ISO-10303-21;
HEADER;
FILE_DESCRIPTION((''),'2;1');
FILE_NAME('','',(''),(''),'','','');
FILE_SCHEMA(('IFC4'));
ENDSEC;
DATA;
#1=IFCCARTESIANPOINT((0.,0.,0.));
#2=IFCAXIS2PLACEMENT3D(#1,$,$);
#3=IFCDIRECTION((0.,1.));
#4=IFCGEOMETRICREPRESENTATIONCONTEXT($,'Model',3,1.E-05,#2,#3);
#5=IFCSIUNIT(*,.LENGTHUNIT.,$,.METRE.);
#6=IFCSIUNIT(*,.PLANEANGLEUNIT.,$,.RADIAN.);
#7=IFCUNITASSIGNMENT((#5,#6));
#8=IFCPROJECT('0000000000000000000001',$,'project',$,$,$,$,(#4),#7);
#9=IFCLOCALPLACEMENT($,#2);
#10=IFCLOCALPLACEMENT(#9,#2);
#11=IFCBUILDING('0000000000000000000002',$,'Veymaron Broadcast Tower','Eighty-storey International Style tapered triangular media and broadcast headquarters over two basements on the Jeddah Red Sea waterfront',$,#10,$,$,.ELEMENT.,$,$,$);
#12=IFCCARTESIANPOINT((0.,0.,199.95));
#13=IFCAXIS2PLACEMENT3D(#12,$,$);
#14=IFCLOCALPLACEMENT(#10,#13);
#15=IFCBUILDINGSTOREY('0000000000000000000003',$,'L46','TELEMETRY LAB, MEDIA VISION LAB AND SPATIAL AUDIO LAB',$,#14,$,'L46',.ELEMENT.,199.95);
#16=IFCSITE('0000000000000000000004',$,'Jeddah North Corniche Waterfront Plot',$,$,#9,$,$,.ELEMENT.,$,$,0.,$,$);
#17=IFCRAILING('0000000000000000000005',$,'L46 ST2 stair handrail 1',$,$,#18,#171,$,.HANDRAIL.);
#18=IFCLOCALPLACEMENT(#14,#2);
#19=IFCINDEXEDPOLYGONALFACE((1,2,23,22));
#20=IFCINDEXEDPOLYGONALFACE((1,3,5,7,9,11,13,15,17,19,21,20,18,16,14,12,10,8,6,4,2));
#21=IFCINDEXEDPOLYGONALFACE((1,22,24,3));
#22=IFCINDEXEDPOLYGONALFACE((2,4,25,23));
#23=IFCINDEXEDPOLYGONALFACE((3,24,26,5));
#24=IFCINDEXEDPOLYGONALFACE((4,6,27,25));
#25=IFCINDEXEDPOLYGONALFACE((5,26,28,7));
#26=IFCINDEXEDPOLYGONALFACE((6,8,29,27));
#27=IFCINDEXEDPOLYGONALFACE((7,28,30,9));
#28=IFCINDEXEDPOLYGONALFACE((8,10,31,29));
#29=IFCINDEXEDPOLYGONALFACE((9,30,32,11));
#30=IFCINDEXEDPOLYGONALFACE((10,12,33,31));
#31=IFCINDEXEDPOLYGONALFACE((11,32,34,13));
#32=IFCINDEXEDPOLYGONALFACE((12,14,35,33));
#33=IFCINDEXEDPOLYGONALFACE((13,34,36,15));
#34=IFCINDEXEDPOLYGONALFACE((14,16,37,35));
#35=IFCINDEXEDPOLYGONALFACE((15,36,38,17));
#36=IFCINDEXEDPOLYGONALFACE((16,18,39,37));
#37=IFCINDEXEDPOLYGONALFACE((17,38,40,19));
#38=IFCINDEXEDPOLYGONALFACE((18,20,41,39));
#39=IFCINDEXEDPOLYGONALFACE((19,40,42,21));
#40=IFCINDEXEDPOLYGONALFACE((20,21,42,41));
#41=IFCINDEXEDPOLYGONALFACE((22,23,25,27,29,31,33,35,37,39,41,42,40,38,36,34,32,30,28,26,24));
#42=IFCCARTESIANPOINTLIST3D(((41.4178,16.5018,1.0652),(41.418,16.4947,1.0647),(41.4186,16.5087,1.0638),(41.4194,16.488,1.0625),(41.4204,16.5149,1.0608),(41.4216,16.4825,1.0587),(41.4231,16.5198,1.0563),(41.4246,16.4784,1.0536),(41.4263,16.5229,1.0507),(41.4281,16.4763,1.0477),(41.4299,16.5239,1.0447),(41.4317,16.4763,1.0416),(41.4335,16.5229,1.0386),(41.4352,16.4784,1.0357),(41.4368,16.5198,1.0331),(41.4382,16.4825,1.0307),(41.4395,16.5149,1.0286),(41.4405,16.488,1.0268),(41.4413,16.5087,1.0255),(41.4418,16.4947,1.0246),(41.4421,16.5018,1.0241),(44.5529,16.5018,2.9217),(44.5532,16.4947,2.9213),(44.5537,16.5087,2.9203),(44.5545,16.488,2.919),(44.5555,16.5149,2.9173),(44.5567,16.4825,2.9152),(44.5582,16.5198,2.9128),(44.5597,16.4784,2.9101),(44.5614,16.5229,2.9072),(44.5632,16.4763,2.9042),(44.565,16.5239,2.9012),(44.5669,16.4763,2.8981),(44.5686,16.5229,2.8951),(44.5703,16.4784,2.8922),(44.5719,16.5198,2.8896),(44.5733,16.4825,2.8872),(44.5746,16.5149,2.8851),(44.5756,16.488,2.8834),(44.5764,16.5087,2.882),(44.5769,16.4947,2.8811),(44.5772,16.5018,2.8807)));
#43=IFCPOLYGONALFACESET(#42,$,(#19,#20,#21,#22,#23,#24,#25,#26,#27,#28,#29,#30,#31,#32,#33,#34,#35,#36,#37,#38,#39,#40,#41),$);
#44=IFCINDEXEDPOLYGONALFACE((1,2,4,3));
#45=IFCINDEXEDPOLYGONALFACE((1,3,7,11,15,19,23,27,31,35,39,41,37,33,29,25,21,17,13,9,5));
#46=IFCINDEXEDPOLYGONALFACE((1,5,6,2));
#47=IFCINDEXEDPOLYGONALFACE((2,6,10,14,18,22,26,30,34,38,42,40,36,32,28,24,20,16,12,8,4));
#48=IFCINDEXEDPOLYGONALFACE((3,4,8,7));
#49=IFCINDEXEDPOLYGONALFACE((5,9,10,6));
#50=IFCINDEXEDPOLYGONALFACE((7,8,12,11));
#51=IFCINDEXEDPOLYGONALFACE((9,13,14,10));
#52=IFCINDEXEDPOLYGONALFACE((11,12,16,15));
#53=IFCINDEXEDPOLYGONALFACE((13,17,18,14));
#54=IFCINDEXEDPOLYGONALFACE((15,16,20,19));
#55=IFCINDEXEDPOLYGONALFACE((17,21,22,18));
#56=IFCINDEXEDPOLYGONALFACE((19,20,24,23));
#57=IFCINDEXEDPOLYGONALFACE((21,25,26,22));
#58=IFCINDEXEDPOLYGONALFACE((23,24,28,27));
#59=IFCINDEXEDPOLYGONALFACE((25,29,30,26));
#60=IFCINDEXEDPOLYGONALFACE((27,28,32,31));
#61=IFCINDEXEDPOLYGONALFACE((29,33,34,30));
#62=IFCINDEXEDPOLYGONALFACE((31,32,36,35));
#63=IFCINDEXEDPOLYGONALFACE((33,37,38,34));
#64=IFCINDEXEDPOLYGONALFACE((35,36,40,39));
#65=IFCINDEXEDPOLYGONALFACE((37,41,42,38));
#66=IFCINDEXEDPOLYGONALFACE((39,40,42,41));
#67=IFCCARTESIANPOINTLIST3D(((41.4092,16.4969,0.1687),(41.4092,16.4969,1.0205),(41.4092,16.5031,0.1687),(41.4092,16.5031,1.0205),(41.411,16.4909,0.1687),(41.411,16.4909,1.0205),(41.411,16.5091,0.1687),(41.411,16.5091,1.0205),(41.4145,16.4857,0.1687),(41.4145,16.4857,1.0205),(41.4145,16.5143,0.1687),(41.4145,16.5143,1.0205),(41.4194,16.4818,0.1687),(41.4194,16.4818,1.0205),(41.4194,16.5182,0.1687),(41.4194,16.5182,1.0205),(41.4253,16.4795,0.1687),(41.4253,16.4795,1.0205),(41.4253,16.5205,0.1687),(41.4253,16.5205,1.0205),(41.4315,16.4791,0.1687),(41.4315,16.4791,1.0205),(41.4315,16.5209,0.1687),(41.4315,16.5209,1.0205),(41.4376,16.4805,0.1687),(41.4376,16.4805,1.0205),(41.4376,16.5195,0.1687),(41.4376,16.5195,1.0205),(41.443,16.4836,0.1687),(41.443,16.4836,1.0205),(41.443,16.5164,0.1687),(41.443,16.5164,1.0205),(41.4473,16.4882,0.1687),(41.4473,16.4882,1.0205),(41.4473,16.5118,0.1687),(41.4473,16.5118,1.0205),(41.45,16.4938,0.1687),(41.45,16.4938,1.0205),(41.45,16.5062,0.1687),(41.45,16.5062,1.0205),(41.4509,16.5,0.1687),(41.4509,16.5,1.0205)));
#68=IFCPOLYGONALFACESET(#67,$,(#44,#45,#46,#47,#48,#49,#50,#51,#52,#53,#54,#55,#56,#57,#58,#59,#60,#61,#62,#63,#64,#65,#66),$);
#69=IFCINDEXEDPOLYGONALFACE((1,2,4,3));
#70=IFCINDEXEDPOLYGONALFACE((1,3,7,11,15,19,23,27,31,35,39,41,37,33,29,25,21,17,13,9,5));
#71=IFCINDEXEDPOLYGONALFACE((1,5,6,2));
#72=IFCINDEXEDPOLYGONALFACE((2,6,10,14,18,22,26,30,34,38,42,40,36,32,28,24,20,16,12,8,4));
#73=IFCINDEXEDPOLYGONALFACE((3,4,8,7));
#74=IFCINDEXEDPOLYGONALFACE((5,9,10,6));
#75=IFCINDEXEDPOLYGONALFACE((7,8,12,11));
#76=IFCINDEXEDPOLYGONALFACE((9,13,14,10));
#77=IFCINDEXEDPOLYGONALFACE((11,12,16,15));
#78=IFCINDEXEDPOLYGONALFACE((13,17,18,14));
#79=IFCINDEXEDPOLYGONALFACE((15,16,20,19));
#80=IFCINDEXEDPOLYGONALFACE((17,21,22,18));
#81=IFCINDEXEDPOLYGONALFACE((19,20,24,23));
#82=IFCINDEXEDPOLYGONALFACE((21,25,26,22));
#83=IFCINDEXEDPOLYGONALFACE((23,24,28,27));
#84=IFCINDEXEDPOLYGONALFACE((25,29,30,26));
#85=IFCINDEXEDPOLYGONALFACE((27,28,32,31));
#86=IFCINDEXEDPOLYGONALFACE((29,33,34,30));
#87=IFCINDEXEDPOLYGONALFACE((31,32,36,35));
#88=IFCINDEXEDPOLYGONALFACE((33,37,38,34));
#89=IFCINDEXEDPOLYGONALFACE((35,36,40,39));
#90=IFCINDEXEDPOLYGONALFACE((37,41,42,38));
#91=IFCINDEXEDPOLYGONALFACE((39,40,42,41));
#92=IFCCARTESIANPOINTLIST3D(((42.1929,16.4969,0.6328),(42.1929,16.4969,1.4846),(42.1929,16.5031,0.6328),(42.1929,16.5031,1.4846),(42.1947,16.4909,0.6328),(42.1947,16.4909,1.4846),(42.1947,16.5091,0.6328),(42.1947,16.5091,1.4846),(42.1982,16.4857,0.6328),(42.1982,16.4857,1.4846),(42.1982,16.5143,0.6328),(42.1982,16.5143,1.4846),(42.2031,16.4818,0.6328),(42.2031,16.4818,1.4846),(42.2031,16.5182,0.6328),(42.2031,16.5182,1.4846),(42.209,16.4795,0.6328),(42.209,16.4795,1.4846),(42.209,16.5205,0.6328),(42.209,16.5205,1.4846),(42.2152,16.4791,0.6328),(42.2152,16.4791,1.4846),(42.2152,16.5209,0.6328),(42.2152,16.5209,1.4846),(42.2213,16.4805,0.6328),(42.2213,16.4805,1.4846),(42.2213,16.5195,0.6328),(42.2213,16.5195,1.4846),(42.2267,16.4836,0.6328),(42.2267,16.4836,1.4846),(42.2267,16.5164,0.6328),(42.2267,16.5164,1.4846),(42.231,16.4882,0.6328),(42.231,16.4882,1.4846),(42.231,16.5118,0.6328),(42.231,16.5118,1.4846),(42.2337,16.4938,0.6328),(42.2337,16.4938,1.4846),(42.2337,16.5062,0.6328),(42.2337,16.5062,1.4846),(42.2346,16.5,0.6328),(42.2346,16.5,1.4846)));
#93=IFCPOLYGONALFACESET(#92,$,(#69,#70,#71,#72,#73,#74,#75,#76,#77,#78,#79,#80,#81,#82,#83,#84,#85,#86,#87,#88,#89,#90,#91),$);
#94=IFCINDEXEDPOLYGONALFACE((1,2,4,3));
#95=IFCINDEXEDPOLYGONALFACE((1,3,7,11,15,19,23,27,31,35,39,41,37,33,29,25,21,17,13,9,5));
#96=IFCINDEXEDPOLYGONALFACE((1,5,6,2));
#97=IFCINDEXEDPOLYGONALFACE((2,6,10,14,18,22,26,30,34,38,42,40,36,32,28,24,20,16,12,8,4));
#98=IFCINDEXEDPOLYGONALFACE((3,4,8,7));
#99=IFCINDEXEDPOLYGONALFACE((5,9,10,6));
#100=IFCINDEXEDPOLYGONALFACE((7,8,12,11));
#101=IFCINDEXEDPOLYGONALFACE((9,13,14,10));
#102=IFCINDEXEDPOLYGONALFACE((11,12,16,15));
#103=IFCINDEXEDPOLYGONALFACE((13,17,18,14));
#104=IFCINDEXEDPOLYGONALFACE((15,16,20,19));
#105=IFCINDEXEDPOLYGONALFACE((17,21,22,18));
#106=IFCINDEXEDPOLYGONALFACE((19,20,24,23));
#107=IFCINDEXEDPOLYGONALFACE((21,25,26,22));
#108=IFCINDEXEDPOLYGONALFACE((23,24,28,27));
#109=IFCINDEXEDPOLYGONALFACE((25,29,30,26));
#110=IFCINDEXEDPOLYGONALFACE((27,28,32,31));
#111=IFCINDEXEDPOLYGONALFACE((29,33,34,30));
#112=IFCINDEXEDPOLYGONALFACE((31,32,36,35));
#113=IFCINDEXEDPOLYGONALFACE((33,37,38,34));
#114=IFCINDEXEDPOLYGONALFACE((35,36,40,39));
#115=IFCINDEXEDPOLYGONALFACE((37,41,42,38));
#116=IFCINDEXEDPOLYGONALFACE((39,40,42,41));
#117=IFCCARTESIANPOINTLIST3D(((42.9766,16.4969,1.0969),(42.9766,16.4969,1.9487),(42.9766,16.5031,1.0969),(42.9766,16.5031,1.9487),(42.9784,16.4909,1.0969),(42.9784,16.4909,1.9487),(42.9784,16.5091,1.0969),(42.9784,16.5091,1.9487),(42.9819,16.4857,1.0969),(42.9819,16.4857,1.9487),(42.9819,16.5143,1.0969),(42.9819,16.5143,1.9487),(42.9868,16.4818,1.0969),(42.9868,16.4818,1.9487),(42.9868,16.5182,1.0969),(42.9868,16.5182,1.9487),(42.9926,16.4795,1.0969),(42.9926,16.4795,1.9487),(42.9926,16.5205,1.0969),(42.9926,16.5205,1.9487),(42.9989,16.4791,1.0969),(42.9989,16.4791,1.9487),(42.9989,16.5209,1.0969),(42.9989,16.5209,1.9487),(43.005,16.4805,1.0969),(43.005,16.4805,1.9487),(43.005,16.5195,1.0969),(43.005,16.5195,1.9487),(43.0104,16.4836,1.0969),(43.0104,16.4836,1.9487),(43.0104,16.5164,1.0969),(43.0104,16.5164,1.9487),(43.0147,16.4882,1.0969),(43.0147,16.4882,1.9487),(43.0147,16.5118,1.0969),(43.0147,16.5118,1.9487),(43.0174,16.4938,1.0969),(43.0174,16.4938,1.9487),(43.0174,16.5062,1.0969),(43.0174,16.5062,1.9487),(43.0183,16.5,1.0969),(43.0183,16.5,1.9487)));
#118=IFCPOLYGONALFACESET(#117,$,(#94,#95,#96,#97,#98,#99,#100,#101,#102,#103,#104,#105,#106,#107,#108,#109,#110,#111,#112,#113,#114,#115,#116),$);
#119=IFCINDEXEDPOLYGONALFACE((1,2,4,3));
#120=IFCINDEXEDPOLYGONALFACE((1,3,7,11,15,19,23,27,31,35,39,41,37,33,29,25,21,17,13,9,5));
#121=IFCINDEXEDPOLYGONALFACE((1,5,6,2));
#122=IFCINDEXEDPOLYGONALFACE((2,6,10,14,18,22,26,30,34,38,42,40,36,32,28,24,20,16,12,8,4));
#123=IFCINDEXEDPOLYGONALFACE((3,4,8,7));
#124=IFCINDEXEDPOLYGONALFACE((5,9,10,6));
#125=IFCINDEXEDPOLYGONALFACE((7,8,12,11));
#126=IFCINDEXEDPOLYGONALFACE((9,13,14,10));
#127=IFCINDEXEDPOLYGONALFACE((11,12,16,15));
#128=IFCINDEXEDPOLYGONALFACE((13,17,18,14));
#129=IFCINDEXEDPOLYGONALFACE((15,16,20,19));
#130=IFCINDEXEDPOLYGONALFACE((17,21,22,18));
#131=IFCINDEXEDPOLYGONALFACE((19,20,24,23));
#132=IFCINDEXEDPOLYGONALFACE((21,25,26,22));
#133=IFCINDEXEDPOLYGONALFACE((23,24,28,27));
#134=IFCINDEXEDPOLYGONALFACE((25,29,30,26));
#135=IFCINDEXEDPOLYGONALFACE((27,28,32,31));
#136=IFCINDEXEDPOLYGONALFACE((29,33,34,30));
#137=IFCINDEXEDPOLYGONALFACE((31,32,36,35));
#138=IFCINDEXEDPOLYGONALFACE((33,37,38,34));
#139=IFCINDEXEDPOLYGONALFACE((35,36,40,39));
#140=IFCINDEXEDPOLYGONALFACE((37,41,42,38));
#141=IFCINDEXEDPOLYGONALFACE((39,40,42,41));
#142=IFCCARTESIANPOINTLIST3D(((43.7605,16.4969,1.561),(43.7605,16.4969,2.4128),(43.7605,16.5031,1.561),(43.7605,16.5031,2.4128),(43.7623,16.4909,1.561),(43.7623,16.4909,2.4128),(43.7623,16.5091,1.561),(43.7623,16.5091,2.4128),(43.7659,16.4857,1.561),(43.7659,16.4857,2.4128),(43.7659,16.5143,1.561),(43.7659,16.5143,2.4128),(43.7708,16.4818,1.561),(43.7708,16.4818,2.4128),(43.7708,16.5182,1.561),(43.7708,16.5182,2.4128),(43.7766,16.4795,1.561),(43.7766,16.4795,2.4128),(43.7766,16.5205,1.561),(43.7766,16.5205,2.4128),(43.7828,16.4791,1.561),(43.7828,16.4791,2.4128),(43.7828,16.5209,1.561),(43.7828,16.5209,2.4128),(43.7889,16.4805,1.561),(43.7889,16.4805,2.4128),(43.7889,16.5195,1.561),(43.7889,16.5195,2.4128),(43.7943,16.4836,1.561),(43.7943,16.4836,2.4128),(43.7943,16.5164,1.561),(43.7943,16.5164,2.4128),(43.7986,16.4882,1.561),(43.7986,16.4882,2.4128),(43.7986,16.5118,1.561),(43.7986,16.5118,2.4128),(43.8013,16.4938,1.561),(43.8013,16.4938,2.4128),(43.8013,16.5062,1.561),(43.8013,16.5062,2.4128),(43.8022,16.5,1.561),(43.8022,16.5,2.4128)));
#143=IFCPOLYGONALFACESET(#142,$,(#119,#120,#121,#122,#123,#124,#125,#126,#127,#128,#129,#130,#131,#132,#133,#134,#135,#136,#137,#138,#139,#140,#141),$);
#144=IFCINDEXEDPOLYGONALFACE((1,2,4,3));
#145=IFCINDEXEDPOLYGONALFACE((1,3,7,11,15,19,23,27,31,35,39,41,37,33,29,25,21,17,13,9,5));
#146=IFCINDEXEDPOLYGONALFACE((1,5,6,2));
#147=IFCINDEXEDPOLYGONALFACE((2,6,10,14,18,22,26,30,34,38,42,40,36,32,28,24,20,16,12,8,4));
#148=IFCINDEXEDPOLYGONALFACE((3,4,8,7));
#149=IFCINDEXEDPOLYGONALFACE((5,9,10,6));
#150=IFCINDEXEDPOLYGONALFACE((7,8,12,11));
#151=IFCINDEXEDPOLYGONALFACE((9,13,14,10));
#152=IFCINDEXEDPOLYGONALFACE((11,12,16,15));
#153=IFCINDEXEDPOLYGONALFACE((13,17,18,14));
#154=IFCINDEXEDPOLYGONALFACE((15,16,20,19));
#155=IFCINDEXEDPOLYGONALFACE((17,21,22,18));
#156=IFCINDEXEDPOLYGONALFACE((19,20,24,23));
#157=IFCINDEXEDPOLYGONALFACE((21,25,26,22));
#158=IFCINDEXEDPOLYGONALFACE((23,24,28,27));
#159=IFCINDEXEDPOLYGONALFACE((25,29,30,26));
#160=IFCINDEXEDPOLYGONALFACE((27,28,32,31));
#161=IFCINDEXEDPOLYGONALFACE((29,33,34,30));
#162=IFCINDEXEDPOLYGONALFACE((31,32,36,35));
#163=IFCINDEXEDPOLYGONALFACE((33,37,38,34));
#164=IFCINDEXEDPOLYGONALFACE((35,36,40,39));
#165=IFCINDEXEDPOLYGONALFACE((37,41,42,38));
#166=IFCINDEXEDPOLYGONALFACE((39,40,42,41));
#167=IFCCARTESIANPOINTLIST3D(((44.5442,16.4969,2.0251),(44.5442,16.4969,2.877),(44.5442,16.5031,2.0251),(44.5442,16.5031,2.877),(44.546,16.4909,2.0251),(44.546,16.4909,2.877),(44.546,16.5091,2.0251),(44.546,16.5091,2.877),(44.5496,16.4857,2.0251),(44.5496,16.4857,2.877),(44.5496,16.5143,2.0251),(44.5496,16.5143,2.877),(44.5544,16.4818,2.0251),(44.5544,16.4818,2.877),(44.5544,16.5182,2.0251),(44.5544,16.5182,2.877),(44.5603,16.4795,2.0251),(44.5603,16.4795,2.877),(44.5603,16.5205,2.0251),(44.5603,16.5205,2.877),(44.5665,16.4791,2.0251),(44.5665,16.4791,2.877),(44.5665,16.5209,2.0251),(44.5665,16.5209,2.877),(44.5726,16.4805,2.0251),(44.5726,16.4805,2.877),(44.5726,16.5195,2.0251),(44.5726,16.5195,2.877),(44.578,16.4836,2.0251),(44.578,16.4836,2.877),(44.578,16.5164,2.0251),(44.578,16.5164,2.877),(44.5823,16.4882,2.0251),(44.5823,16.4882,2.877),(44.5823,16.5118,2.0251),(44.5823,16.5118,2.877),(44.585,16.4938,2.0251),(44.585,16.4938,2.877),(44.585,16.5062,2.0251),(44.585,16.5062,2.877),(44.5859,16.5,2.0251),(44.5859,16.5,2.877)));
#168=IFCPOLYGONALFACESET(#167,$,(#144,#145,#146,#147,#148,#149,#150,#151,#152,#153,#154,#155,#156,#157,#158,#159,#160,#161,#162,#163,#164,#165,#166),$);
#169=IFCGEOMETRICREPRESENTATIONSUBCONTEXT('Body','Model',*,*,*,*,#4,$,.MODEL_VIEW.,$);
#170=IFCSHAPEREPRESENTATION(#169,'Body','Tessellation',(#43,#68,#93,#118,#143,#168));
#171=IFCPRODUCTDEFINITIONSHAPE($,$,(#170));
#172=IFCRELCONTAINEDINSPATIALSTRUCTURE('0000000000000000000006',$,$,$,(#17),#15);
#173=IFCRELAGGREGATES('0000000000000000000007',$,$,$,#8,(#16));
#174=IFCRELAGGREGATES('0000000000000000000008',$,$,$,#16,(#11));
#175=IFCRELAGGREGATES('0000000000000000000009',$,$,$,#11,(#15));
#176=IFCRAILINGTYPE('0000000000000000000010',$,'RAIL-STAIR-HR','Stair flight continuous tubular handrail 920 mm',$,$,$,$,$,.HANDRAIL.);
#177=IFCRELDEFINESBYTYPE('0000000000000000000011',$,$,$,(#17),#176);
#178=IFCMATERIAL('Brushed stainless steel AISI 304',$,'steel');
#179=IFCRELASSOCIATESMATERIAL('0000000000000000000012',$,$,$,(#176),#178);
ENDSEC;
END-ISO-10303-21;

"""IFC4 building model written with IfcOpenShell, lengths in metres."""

from ifc_helpers import new_model, si_unit, direction, frame, origin, origin_2d, place, context, subcontext, project, spatial, circle, extrude, material, type_object, element, save


model = new_model("IFC4")

# Units and contexts
model_context = context("Model", 3, precision=1e-05, world=origin(), true_north=direction((0.0, 1.0)))
body_context = subcontext(model_context, "Body", "Model", "MODEL_VIEW")
ifc_project = project(units=[si_unit("LENGTHUNIT", "METRE"), si_unit("PLANEANGLEUNIT", "RADIAN")], contexts=[model_context])

# Site, building, storey
site_placement = place(None, origin())
site = spatial("IfcSite", under=ifc_project, at=site_placement, Name="Jeddah North Corniche Waterfront Plot", CompositionType="ELEMENT", RefElevation=0.0)
building_placement = place(site_placement, origin())
building = spatial("IfcBuilding", under=site, at=building_placement, Name="Veymaron Broadcast Tower", Description="Eighty-storey International Style tapered triangular media and broadcast headquarters over two basements on the Jeddah Red Sea waterfront", CompositionType="ELEMENT")
storey_placement = place(building_placement, frame((0.0, 0.0, 199.95)))
storey = spatial("IfcBuildingStorey", under=building, at=storey_placement, Name="L46", Description="TELEMETRY LAB, MEDIA VISION LAB AND SPATIAL AUDIO LAB", LongName="L46", CompositionType="ELEMENT", Elevation=199.95)

# Shared definitions
ifc_material_1 = material(Name="Brushed stainless steel AISI 304", Category="steel")

# Railing
railing_type_1 = type_object("IfcRailingType", Name="RAIL-STAIR-HR", Description="Stair flight continuous tubular handrail 920 mm", PredefinedType="HANDRAIL", material=ifc_material_1)
railing_1_placement = place(storey_placement, frame((41.4299, 16.5, 0.1687)))
element("IfcRailing", 1, at=railing_1_placement, inside=storey, type_object=railing_type_1, Name="L46 ST2 stair handrail 1", PredefinedType="HANDRAIL", context=body_context, shape_type="SweptSolid", body=[
    extrude(circle(Radius=0.0239, at=origin_2d()), frame((0.0, 0.0, 0.876), z_axis=(0.860453, 0.0, 0.509531), x_axis=(0.0, 1.0, 0.0)), (0.0, 0.0, 1.0), 3.6436),
    extrude(circle(Radius=0.021, at=origin_2d()), origin(), (0.0, 0.0, 1.0), 0.8518),
    extrude(circle(Radius=0.021, at=origin_2d()), frame((0.7837, 0.0, 0.4641)), (0.0, 0.0, 1.0), 0.8518),
    extrude(circle(Radius=0.021, at=origin_2d()), frame((1.5674, 0.0, 0.9282)), (0.0, 0.0, 1.0), 0.8518),
    extrude(circle(Radius=0.021, at=origin_2d()), frame((2.3513, 0.0, 1.3923)), (0.0, 0.0, 1.0), 0.8518),
    extrude(circle(Radius=0.021, at=origin_2d()), frame((3.135, 0.0, 1.8564)), (0.0, 0.0, 1.0), 0.8518),
])

save(model, "model.ifc")
